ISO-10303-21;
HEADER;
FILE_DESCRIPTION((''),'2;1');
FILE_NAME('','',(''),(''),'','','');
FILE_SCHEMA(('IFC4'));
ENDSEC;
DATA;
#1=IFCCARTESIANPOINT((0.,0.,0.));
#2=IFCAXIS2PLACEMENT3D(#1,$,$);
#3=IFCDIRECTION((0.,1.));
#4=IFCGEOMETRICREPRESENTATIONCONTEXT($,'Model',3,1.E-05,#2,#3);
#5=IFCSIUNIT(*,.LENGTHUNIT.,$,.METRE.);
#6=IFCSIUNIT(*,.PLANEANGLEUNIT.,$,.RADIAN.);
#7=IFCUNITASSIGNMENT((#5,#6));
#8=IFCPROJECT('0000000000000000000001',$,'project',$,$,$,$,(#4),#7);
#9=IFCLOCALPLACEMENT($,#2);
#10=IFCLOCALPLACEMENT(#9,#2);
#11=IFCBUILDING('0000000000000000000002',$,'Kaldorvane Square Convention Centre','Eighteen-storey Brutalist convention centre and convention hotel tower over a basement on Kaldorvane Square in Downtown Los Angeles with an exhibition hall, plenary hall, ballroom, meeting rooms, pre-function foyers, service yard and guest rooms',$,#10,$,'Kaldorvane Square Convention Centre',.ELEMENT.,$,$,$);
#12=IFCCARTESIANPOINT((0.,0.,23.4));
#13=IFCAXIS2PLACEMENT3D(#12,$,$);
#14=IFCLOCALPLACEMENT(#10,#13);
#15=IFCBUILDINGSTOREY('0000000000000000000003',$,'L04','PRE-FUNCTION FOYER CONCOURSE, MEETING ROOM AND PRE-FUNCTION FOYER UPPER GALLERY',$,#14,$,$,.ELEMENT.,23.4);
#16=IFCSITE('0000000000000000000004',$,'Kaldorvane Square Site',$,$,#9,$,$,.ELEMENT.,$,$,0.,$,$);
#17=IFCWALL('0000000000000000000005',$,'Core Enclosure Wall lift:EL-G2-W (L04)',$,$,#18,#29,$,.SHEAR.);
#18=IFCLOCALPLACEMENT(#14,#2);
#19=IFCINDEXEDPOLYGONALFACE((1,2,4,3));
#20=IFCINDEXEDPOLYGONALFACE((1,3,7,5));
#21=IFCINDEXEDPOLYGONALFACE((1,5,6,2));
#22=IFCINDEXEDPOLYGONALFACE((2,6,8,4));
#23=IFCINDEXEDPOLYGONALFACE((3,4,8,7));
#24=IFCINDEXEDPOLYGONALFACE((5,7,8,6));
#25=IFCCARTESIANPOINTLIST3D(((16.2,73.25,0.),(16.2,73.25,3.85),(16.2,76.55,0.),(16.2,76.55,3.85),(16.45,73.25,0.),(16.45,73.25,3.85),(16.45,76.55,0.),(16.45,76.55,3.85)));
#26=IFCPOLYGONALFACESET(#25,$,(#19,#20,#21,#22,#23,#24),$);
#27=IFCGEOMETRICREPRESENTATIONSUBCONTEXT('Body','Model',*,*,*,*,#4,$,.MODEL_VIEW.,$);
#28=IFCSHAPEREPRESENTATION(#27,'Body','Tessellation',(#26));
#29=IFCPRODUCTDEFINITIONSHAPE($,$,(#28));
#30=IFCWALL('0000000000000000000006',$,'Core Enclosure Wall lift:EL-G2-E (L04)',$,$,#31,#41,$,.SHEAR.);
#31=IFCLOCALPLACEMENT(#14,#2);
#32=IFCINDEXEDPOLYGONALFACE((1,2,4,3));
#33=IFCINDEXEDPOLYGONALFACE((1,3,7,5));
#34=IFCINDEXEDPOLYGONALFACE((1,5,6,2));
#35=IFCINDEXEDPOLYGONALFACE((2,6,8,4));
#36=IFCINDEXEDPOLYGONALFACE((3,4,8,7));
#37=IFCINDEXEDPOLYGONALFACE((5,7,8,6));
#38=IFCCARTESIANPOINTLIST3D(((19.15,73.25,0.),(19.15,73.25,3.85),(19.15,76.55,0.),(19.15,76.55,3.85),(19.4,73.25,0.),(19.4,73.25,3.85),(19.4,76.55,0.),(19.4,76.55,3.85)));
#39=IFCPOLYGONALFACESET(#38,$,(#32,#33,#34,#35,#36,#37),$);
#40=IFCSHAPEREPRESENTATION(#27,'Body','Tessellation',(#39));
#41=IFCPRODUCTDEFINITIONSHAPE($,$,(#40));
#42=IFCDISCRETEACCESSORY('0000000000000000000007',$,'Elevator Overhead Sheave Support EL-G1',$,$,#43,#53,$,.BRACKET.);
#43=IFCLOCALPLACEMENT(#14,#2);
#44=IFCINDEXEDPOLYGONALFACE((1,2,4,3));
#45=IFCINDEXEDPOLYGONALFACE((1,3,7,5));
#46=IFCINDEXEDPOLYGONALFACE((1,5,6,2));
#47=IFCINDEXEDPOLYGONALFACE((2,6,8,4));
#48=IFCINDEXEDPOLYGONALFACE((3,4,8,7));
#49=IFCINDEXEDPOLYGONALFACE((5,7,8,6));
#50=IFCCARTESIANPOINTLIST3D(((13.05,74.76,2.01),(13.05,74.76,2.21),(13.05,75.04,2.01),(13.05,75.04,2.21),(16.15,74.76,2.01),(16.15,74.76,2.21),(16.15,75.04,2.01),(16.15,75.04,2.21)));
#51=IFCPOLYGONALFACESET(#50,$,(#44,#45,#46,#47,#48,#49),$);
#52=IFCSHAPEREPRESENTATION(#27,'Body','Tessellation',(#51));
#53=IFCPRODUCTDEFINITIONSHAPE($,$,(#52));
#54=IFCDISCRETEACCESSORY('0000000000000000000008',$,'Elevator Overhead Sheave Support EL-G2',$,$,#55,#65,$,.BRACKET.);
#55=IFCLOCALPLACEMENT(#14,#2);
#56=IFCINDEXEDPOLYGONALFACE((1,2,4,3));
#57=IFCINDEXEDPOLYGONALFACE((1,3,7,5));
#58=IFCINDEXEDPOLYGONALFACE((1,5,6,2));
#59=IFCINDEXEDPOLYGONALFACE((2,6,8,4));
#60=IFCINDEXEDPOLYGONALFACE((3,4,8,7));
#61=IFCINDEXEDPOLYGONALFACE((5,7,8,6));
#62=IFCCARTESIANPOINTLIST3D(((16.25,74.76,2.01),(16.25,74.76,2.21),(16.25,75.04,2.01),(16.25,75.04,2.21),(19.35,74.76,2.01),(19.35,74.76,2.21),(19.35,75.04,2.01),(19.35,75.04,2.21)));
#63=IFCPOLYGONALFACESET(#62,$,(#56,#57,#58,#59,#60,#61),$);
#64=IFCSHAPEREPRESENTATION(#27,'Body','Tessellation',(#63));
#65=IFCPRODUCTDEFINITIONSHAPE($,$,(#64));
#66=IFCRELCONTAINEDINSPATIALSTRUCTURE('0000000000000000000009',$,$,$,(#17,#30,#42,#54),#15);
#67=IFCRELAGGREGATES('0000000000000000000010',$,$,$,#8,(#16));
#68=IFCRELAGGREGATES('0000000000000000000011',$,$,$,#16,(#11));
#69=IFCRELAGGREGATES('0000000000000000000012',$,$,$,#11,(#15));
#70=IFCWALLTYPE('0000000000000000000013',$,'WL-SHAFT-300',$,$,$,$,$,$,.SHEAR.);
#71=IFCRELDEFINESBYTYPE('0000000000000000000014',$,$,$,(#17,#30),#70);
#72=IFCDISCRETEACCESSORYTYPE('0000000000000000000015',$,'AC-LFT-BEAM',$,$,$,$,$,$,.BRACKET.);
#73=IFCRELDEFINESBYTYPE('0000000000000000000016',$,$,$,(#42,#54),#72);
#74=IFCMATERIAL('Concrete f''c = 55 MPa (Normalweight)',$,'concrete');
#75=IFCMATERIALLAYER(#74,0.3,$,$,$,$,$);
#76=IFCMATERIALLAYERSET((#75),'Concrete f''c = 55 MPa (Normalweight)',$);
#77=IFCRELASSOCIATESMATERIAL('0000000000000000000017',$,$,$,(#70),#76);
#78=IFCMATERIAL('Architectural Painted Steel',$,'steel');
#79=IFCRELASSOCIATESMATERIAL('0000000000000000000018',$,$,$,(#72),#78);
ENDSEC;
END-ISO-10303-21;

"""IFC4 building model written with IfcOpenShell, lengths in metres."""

from ifc_helpers import new_model, si_unit, direction, frame, frame_2d, origin, origin_2d, place, context, subcontext, project, spatial, rectangle, extrude, material, layer, layer_set, type_object, element, save


model = new_model("IFC4")

# Units and contexts
model_context = context("Model", 3, precision=1e-05, world=origin(), true_north=direction((0.0, 1.0)))
body_context = subcontext(model_context, "Body", "Model", "MODEL_VIEW")
ifc_project = project(units=[si_unit("LENGTHUNIT", "METRE"), si_unit("PLANEANGLEUNIT", "RADIAN")], contexts=[model_context])

# Site, building, storey
site_placement = place(None, origin())
site = spatial("IfcSite", under=ifc_project, at=site_placement, Name="Kaldorvane Square Site", CompositionType="ELEMENT", RefElevation=0.0)
building_placement = place(site_placement, origin())
building = spatial("IfcBuilding", under=site, at=building_placement, Name="Kaldorvane Square Convention Centre", Description="Eighteen-storey Brutalist convention centre and convention hotel tower over a basement on Kaldorvane Square in Downtown Los Angeles with an exhibition hall, plenary hall, ballroom, meeting rooms, pre-function foyers, service yard and guest rooms", LongName="Kaldorvane Square Convention Centre", CompositionType="ELEMENT")
storey_placement = place(building_placement, frame((0.0, 0.0, 23.4)))
storey = spatial("IfcBuildingStorey", under=building, at=storey_placement, Name="L04", Description="PRE-FUNCTION FOYER CONCOURSE, MEETING ROOM AND PRE-FUNCTION FOYER UPPER GALLERY", CompositionType="ELEMENT", Elevation=23.4)

# Shared definitions
ifc_material_1 = material(Name="Concrete f'c = 55 MPa (Normalweight)", Category="concrete")
ifc_layer_1 = layer(ifc_material_1, 0.3)
ifc_layer_set_1 = layer_set([ifc_layer_1], Name="Concrete f'c = 55 MPa (Normalweight)")
wall_type_1 = type_object("IfcWallType", Name="WL-SHAFT-300", PredefinedType="SHEAR", material=ifc_layer_set_1)

# Walls
for number, where, z_axis, x_axis, name in (
    (1, (16.325, 76.55, 0.0), (0.0, 0.0, 1.0), (0.0, -1.0, 0.0), "Core Enclosure Wall lift:EL-G2-W (L04)"),
    (2, (19.275, 73.25, 0.0), (0.0, 0.0, 1.0), (0.0, 1.0, 0.0), "Core Enclosure Wall lift:EL-G2-E (L04)"),
):
    element("IfcWall", number, at=place(storey_placement, frame(where, z_axis=z_axis, x_axis=x_axis)), inside=storey, type_object=wall_type_1, Name=name, PredefinedType="SHEAR", context=body_context, shape_type="SweptSolid", body=[
        extrude(rectangle(XDim=3.3, YDim=0.25, at=frame_2d((1.65, 0.0))), origin(), (0.0, 0.0, 1.0), 3.85),
    ])

# Discrete accessories
ifc_material_2 = material(Name="Architectural Painted Steel", Category="steel")
discrete_accessory_type = type_object("IfcDiscreteAccessoryType", Name="AC-LFT-BEAM", PredefinedType="BRACKET", material=ifc_material_2)
for number, where, z_axis, x_axis, name in (
    (3, (14.6, 74.9, 2.01), (0.0, 0.0, 1.0), (1.0, 0.0, 0.0), "Elevator Overhead Sheave Support EL-G1"),
    (4, (17.8, 74.9, 2.01), (0.0, 0.0, 1.0), (1.0, 0.0, 0.0), "Elevator Overhead Sheave Support EL-G2"),
):
    element("IfcDiscreteAccessory", number, at=place(storey_placement, frame(where, z_axis=z_axis, x_axis=x_axis)), inside=storey, type_object=discrete_accessory_type, Name=name, PredefinedType="BRACKET", context=body_context, shape_type="SweptSolid", body=[
        extrude(rectangle(XDim=3.1, YDim=0.28, at=origin_2d()), origin(), (0.0, 0.0, 1.0), 0.2),
    ])

save(model, "model.ifc")
